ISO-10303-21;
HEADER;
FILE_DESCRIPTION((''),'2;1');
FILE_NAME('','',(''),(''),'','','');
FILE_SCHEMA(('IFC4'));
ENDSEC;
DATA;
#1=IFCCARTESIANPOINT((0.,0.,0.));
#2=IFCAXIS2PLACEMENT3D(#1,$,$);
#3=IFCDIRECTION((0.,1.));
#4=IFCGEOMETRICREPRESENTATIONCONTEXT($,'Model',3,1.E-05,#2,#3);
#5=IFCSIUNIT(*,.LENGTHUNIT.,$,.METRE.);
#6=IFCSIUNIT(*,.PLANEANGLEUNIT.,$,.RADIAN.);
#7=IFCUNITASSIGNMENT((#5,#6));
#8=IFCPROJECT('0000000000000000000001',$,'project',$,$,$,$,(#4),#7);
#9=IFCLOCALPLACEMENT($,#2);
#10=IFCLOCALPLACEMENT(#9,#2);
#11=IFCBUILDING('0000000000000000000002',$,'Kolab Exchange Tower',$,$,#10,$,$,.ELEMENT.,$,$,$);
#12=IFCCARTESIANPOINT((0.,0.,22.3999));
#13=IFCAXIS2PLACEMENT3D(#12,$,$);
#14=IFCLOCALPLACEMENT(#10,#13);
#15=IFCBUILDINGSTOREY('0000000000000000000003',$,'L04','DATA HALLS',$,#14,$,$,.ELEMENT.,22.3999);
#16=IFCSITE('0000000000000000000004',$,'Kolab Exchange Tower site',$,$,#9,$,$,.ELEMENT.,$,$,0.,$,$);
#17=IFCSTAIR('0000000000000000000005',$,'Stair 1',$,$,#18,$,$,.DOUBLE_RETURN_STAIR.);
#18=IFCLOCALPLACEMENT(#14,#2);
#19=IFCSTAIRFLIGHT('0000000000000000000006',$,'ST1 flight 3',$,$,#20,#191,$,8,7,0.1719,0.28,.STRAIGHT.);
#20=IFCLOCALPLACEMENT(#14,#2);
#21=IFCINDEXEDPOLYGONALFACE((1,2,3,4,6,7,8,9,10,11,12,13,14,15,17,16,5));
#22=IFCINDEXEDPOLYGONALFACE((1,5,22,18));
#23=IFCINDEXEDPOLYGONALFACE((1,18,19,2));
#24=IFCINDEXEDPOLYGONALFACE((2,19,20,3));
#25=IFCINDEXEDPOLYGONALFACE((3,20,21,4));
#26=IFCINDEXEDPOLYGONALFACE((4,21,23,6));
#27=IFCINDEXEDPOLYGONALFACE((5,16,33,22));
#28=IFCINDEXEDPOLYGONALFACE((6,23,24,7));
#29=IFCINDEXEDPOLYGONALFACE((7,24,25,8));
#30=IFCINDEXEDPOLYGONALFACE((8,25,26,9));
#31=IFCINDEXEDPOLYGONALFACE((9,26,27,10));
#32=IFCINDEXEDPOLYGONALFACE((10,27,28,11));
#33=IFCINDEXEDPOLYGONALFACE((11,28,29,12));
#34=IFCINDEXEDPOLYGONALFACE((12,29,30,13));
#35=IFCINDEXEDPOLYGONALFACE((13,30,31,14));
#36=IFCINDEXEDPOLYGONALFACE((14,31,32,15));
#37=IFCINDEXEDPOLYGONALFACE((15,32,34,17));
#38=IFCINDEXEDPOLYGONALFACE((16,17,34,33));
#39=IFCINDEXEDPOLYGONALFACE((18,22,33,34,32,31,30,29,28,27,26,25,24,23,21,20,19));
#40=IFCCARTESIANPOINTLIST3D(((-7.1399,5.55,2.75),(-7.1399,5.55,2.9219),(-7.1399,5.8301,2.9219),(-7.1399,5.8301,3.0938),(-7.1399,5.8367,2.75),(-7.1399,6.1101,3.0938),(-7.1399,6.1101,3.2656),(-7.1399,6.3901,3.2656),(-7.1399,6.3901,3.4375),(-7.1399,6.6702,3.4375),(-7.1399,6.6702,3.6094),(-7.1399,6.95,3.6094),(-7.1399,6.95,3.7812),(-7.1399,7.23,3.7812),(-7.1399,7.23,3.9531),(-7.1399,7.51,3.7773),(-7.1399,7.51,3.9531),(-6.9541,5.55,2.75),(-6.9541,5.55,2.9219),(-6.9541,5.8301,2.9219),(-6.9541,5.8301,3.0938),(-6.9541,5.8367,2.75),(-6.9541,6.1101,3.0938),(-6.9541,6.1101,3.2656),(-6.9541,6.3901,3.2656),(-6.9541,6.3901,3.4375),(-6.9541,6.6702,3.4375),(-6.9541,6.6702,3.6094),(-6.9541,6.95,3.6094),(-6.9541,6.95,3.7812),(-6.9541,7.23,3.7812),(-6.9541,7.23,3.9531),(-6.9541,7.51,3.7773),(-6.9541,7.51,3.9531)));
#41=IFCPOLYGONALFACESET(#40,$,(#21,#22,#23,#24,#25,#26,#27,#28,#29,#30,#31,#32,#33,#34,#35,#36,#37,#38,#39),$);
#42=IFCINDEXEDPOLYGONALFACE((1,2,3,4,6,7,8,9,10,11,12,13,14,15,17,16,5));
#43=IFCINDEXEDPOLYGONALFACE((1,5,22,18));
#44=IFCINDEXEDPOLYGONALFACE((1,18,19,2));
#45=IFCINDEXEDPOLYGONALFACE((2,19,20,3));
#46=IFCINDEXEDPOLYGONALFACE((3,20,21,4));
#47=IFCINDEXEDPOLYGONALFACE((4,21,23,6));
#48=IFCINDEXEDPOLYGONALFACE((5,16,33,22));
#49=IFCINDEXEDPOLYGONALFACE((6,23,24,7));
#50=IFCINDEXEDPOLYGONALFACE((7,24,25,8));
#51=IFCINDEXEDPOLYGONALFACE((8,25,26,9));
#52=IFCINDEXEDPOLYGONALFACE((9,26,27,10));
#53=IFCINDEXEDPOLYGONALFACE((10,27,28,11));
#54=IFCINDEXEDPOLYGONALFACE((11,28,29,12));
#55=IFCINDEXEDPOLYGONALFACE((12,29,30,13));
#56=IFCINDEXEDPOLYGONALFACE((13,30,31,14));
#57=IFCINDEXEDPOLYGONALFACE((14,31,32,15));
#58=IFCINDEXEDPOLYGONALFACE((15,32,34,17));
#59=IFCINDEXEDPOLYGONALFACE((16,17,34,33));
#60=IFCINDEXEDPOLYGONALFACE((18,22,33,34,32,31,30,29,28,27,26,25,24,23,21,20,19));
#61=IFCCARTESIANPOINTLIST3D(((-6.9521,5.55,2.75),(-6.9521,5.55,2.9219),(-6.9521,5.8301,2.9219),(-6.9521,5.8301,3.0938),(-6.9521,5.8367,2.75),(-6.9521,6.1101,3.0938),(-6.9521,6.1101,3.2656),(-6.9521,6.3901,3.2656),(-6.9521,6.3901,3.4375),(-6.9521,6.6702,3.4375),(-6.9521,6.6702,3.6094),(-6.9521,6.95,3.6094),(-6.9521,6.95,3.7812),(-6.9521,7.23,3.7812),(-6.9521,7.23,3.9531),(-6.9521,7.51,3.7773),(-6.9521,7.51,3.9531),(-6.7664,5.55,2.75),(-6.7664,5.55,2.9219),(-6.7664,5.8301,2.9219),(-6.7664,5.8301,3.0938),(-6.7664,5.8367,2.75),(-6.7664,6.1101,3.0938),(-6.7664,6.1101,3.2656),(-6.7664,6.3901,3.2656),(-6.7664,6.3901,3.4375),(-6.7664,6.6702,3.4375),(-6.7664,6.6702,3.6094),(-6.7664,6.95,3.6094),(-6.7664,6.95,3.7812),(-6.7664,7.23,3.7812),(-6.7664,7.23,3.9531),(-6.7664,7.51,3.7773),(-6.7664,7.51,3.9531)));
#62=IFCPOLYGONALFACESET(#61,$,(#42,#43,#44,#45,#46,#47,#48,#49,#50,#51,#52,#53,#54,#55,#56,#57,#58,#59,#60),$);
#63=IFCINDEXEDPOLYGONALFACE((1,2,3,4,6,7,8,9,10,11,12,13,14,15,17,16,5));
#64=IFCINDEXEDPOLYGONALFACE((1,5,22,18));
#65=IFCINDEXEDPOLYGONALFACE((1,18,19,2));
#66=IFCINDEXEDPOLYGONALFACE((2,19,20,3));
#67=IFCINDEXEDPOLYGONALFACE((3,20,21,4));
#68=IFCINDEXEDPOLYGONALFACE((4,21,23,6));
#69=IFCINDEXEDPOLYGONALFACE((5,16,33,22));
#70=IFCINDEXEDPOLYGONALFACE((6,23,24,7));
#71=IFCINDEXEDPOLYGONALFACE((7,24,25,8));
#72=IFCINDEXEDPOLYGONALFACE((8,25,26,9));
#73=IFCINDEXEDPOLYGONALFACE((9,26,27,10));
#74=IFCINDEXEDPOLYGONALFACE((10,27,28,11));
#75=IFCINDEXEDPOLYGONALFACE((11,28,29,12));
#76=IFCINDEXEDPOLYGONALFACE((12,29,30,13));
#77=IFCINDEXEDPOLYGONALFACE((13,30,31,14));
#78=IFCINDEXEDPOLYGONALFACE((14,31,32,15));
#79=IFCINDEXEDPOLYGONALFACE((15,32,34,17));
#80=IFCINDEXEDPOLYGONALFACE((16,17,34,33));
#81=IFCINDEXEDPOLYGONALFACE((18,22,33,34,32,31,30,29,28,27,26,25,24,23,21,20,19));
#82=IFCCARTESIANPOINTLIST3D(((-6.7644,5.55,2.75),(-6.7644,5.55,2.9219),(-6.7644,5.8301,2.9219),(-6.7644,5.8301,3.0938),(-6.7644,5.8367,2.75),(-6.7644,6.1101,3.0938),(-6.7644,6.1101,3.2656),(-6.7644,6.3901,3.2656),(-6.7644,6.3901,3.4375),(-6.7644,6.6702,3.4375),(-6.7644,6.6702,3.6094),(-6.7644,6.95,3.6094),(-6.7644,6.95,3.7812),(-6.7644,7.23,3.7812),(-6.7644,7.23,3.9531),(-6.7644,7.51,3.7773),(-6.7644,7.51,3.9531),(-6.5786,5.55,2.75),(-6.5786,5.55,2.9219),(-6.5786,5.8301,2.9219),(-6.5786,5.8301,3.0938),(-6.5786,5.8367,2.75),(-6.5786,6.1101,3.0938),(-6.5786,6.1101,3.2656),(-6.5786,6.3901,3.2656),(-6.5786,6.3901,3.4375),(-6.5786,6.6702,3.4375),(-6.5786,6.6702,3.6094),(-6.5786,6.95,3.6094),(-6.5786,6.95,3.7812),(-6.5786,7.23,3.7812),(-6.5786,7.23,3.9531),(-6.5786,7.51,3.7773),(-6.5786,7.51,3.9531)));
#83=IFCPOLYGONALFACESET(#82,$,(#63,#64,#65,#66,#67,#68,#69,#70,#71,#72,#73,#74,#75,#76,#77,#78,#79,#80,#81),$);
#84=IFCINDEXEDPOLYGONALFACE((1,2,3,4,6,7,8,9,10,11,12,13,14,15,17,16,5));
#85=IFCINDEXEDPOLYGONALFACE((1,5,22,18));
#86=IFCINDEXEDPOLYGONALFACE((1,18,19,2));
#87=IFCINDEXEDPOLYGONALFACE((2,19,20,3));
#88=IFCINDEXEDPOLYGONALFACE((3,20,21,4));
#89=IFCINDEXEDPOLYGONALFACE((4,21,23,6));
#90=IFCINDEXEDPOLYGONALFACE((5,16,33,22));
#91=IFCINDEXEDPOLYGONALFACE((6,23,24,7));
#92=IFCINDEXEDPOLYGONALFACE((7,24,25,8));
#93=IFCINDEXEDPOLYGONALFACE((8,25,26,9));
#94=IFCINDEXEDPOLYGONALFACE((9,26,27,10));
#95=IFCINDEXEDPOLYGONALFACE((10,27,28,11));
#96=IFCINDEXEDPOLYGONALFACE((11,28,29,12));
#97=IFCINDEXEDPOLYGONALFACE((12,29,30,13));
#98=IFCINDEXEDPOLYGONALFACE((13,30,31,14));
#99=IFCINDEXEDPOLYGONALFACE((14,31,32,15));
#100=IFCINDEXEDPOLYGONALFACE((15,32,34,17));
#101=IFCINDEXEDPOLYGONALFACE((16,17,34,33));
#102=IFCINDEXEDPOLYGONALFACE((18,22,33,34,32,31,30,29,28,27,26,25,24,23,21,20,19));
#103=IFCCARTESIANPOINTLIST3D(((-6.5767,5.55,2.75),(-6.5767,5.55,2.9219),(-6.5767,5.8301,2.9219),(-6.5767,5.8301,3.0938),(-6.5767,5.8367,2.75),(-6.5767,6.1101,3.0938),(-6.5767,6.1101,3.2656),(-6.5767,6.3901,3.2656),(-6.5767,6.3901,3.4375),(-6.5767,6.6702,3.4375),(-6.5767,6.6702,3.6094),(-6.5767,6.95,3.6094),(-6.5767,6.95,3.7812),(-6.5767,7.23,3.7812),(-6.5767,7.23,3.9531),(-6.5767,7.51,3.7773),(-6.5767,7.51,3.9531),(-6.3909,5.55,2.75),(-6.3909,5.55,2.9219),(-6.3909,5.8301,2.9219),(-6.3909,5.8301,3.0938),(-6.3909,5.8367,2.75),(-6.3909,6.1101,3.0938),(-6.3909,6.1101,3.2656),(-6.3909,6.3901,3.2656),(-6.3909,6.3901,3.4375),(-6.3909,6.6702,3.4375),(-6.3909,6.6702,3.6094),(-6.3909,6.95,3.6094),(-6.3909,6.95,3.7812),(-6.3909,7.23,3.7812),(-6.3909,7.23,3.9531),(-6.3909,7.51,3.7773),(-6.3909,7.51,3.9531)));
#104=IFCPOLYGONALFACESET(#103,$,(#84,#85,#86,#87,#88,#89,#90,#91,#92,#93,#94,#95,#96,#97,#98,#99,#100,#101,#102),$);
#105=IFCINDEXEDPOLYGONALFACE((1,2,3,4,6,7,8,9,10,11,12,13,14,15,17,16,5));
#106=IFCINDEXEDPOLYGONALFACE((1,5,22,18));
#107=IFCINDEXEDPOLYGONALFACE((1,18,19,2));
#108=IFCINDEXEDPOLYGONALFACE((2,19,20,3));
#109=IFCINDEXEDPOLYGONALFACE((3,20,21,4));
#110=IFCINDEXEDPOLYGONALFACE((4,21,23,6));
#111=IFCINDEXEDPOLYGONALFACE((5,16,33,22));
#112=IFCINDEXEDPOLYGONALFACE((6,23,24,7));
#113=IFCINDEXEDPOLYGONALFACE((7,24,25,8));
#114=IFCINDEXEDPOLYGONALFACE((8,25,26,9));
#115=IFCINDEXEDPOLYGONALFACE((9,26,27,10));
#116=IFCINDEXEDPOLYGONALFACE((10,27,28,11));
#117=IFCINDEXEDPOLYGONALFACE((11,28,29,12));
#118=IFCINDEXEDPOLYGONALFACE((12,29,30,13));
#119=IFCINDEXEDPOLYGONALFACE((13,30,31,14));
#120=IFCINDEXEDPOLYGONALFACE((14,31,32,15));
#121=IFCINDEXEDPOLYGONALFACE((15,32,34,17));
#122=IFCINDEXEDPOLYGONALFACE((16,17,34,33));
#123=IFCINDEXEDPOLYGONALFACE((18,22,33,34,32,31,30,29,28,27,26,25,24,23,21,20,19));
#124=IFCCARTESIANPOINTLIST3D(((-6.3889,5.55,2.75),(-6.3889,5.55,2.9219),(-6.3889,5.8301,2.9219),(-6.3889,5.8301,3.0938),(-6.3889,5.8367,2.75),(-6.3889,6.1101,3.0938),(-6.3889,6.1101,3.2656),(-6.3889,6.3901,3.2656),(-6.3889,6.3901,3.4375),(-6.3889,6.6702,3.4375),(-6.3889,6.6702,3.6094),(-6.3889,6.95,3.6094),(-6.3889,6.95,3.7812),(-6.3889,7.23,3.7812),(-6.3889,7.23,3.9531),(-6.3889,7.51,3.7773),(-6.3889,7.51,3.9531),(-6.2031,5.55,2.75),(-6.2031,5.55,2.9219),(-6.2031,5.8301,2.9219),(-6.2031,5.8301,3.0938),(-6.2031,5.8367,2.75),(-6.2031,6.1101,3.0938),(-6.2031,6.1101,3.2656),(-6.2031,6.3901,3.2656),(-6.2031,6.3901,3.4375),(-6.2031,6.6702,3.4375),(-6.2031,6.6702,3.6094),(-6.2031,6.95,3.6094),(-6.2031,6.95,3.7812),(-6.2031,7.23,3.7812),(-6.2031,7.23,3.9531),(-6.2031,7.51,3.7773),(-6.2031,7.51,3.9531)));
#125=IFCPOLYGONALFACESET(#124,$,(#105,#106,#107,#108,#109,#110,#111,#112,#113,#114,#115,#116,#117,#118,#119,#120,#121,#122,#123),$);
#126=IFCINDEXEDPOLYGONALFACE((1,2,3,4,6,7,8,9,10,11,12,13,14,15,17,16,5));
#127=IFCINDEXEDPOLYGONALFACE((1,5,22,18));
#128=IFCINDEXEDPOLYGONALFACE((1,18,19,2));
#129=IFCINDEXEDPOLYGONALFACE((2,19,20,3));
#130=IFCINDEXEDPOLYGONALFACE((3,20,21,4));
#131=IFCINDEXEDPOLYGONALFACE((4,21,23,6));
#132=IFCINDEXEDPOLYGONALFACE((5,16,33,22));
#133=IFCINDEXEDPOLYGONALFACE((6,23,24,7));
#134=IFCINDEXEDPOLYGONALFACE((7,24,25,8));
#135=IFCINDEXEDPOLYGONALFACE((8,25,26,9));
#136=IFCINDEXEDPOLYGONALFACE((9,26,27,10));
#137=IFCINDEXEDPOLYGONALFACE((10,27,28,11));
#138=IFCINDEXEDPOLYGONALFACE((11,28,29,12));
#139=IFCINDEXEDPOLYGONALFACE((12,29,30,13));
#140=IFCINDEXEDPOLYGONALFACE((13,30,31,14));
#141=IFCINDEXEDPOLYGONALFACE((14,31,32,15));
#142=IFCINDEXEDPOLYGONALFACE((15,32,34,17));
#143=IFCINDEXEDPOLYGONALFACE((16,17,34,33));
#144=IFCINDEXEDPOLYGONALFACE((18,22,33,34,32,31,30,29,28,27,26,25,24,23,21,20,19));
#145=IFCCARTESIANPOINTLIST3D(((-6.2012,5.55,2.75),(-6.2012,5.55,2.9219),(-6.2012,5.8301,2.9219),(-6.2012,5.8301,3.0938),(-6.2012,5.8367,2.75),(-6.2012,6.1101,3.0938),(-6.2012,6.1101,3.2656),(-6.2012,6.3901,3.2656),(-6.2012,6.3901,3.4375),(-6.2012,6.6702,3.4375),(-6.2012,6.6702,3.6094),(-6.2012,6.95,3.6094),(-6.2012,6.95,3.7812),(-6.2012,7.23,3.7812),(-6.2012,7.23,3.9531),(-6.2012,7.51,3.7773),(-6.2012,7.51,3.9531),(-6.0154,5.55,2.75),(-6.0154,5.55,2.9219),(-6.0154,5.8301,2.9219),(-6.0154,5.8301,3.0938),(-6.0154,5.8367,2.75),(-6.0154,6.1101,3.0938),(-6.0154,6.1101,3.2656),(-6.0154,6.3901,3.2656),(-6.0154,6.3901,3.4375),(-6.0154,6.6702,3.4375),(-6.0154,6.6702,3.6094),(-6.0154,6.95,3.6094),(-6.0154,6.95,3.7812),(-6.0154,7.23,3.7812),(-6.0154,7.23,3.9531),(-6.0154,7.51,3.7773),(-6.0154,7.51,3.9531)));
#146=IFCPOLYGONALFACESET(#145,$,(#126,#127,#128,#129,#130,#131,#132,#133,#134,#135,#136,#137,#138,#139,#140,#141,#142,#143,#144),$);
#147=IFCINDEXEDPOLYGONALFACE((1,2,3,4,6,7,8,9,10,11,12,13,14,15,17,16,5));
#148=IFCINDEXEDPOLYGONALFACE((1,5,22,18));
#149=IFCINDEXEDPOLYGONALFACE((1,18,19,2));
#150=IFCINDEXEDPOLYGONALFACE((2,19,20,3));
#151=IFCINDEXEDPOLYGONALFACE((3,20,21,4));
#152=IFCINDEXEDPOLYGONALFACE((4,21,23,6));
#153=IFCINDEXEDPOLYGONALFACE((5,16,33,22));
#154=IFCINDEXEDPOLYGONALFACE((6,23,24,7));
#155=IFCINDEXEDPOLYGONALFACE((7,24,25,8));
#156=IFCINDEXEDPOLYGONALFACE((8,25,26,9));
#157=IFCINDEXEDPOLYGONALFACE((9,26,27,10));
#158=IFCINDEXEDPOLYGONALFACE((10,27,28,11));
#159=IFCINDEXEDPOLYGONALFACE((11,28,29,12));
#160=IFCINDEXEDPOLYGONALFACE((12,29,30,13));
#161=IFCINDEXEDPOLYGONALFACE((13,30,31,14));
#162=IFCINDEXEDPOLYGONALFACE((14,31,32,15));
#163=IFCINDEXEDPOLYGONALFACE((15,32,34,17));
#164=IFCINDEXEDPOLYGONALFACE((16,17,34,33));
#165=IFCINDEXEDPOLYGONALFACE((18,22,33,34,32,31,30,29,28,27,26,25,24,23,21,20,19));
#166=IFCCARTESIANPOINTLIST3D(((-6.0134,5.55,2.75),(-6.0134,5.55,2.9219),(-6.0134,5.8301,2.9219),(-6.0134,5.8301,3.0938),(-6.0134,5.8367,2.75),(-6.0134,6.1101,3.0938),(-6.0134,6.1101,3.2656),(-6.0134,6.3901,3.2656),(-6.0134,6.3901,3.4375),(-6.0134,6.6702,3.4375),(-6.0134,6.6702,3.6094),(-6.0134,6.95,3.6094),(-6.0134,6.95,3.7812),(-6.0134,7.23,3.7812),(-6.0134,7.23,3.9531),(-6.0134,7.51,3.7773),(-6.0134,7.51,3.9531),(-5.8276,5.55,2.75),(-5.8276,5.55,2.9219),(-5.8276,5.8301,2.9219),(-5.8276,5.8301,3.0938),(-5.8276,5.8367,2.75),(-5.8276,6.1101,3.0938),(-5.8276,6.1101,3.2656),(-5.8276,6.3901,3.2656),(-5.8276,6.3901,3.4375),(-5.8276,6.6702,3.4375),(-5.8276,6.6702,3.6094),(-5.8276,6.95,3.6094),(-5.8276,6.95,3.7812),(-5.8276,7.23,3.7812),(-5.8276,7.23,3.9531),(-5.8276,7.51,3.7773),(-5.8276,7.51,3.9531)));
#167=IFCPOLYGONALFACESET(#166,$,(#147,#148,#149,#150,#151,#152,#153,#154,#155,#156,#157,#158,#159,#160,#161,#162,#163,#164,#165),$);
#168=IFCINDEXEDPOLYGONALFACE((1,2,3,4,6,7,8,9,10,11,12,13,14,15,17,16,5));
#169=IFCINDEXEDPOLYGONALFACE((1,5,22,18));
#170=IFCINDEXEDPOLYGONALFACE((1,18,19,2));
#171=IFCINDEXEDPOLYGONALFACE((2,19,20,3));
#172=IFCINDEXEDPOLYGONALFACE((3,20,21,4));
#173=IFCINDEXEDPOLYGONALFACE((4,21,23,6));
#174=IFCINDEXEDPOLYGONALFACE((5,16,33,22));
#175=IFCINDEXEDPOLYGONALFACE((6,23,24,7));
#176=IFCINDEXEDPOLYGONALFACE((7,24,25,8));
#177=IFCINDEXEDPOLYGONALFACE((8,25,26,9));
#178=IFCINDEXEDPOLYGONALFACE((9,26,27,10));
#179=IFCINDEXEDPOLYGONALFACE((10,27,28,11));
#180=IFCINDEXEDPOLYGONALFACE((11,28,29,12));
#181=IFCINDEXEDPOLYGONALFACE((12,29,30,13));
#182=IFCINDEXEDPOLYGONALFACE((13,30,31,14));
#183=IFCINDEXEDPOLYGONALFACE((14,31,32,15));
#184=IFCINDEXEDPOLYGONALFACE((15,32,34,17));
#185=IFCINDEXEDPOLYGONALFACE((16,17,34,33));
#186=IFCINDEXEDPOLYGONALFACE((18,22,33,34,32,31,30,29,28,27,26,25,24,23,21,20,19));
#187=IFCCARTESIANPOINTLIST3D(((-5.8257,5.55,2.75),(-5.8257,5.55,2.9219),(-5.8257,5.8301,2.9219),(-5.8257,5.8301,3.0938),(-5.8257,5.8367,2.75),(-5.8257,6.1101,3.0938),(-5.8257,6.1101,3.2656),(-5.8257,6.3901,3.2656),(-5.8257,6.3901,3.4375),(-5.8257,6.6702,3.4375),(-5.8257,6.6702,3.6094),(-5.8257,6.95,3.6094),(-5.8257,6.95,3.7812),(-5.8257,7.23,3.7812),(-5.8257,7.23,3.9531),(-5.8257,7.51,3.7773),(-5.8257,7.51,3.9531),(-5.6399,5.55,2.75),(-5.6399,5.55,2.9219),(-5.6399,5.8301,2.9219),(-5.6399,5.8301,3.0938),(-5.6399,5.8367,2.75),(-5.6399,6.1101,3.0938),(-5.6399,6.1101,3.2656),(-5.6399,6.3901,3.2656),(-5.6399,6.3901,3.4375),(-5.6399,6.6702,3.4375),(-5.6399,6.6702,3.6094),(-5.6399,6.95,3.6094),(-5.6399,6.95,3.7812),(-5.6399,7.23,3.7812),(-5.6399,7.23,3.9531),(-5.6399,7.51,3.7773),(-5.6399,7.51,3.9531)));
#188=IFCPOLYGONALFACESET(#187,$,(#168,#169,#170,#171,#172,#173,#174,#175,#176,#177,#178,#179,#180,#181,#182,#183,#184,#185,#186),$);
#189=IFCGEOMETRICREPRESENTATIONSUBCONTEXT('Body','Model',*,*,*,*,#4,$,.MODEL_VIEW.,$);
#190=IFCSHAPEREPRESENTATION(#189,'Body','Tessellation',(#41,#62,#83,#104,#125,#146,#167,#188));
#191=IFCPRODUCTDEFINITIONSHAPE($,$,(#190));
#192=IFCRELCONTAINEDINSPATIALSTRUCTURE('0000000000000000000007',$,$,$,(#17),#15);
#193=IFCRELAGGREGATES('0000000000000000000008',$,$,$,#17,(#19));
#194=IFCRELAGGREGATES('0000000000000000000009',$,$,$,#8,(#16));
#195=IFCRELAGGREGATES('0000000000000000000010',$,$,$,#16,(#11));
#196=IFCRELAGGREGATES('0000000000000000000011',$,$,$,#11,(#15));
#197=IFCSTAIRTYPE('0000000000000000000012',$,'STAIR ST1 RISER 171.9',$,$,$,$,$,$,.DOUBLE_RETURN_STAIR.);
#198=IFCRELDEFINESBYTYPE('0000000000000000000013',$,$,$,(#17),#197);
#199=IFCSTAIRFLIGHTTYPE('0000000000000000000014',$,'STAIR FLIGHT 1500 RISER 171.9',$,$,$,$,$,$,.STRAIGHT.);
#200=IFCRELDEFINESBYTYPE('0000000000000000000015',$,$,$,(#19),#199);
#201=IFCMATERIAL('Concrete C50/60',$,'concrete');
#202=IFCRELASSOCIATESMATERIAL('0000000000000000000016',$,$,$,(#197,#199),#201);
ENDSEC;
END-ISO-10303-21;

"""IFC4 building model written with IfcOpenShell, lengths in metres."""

from ifc_helpers import new_model, si_unit, direction, frame, origin, place, context, subcontext, project, spatial, polyline, outline, extrude, material, type_object, element, aggregate, save


model = new_model("IFC4")

# Units and contexts
model_context = context("Model", 3, precision=1e-05, world=origin(), true_north=direction((0.0, 1.0)))
body_context = subcontext(model_context, "Body", "Model", "MODEL_VIEW")
ifc_project = project(units=[si_unit("LENGTHUNIT", "METRE"), si_unit("PLANEANGLEUNIT", "RADIAN")], contexts=[model_context])

# Site, building, storey
site_placement = place(None, origin())
site = spatial("IfcSite", under=ifc_project, at=site_placement, Name="Kolab Exchange Tower site", CompositionType="ELEMENT", RefElevation=0.0)
building_placement = place(site_placement, origin())
building = spatial("IfcBuilding", under=site, at=building_placement, Name="Kolab Exchange Tower", CompositionType="ELEMENT")
storey_placement = place(building_placement, frame((0.0, 0.0, 22.3999)))
storey = spatial("IfcBuildingStorey", under=building, at=storey_placement, Name="L04", Description="DATA HALLS", CompositionType="ELEMENT", Elevation=22.3999)

# Shared definitions
ifc_material_1 = material(Name="Concrete C50/60", Category="concrete")

# Stair, stair flight
stair_type = type_object("IfcStairType", Name="STAIR ST1 RISER 171.9", PredefinedType="DOUBLE_RETURN_STAIR", material=ifc_material_1)
stair_placement = place(storey_placement, origin())
stair = element("IfcStair", 1, at=stair_placement, inside=storey, type_object=stair_type, Name="Stair 1", PredefinedType="DOUBLE_RETURN_STAIR")
stair_flight_type = type_object("IfcStairFlightType", Name="STAIR FLIGHT 1500 RISER 171.9", PredefinedType="STRAIGHT", material=ifc_material_1)
stair_flight_1_placement = place(storey_placement, frame((-6.3899, 5.55, 2.75), z_axis=(0.0, 0.0, 1.0), x_axis=(0.0, 1.0, 0.0)))
stair_flight_1 = element("IfcStairFlight", 2, at=stair_flight_1_placement, type_object=stair_flight_type, Name="ST1 flight 3", NumberOfRisers=8, NumberOfTreads=7, PredefinedType="STRAIGHT", RiserHeight=0.1719, TreadLength=0.28, context=body_context, shape_type="SweptSolid", body=[
    extrude(outline(polyline([(0.0, 0.0), (0.0, 0.1719), (0.28, 0.1719), (0.28, 0.3438), (0.5601, 0.3438), (0.5601, 0.5156), (0.8401, 0.5156), (0.8401, 0.6875), (1.1201, 0.6875), (1.1201, 0.8594), (1.3999, 0.8594), (1.3999, 1.0312), (1.6799, 1.0312), (1.6799, 1.2031), (1.96, 1.2031), (1.96, 1.375), (1.96, 1.0273), (0.2866, 0.0), (0.0, 0.0)])), frame((0.0, 0.75, 0.0), z_axis=(0.0, -1.0, 0.0), x_axis=(1.0, 0.0, 0.0)), (0.0, 0.0, 1.0), 0.1858),
    extrude(outline(polyline([(0.0, 0.0), (0.0, 0.1719), (0.28, 0.1719), (0.28, 0.3438), (0.5601, 0.3438), (0.5601, 0.5156), (0.8401, 0.5156), (0.8401, 0.6875), (1.1201, 0.6875), (1.1201, 0.8594), (1.3999, 0.8594), (1.3999, 1.0312), (1.6799, 1.0312), (1.6799, 1.2031), (1.96, 1.2031), (1.96, 1.375), (1.96, 1.0273), (0.2866, 0.0), (0.0, 0.0)])), frame((0.0, 0.5623, 0.0), z_axis=(0.0, -1.0, 0.0), x_axis=(1.0, 0.0, 0.0)), (0.0, 0.0, 1.0), 0.1858),
    extrude(outline(polyline([(0.0, 0.0), (0.0, 0.1719), (0.28, 0.1719), (0.28, 0.3438), (0.5601, 0.3438), (0.5601, 0.5156), (0.8401, 0.5156), (0.8401, 0.6875), (1.1201, 0.6875), (1.1201, 0.8594), (1.3999, 0.8594), (1.3999, 1.0312), (1.6799, 1.0312), (1.6799, 1.2031), (1.96, 1.2031), (1.96, 1.375), (1.96, 1.0273), (0.2866, 0.0), (0.0, 0.0)])), frame((0.0, 0.3745, 0.0), z_axis=(0.0, -1.0, 0.0), x_axis=(1.0, 0.0, 0.0)), (0.0, 0.0, 1.0), 0.1858),
    extrude(outline(polyline([(0.0, 0.0), (0.0, 0.1719), (0.28, 0.1719), (0.28, 0.3438), (0.5601, 0.3438), (0.5601, 0.5156), (0.8401, 0.5156), (0.8401, 0.6875), (1.1201, 0.6875), (1.1201, 0.8594), (1.3999, 0.8594), (1.3999, 1.0312), (1.6799, 1.0312), (1.6799, 1.2031), (1.96, 1.2031), (1.96, 1.375), (1.96, 1.0273), (0.2866, 0.0), (0.0, 0.0)])), frame((0.0, 0.1868, 0.0), z_axis=(0.0, -1.0, 0.0), x_axis=(1.0, 0.0, 0.0)), (0.0, 0.0, 1.0), 0.1858),
    extrude(outline(polyline([(0.0, 0.0), (0.0, 0.1719), (0.28, 0.1719), (0.28, 0.3438), (0.5601, 0.3438), (0.5601, 0.5156), (0.8401, 0.5156), (0.8401, 0.6875), (1.1201, 0.6875), (1.1201, 0.8594), (1.3999, 0.8594), (1.3999, 1.0312), (1.6799, 1.0312), (1.6799, 1.2031), (1.96, 1.2031), (1.96, 1.375), (1.96, 1.0273), (0.2866, 0.0), (0.0, 0.0)])), frame((0.0, -0.001, 0.0), z_axis=(0.0, -1.0, 0.0), x_axis=(1.0, 0.0, 0.0)), (0.0, 0.0, 1.0), 0.1858),
    extrude(outline(polyline([(0.0, 0.0), (0.0, 0.1719), (0.28, 0.1719), (0.28, 0.3438), (0.5601, 0.3438), (0.5601, 0.5156), (0.8401, 0.5156), (0.8401, 0.6875), (1.1201, 0.6875), (1.1201, 0.8594), (1.3999, 0.8594), (1.3999, 1.0312), (1.6799, 1.0312), (1.6799, 1.2031), (1.96, 1.2031), (1.96, 1.375), (1.96, 1.0273), (0.2866, 0.0), (0.0, 0.0)])), frame((0.0, -0.1887, 0.0), z_axis=(0.0, -1.0, 0.0), x_axis=(1.0, 0.0, 0.0)), (0.0, 0.0, 1.0), 0.1858),
    extrude(outline(polyline([(0.0, 0.0), (0.0, 0.1719), (0.28, 0.1719), (0.28, 0.3438), (0.5601, 0.3438), (0.5601, 0.5156), (0.8401, 0.5156), (0.8401, 0.6875), (1.1201, 0.6875), (1.1201, 0.8594), (1.3999, 0.8594), (1.3999, 1.0312), (1.6799, 1.0312), (1.6799, 1.2031), (1.96, 1.2031), (1.96, 1.375), (1.96, 1.0273), (0.2866, 0.0), (0.0, 0.0)])), frame((0.0, -0.3765, 0.0), z_axis=(0.0, -1.0, 0.0), x_axis=(1.0, 0.0, 0.0)), (0.0, 0.0, 1.0), 0.1858),
    extrude(outline(polyline([(0.0, 0.0), (0.0, 0.1719), (0.28, 0.1719), (0.28, 0.3438), (0.5601, 0.3438), (0.5601, 0.5156), (0.8401, 0.5156), (0.8401, 0.6875), (1.1201, 0.6875), (1.1201, 0.8594), (1.3999, 0.8594), (1.3999, 1.0312), (1.6799, 1.0312), (1.6799, 1.2031), (1.96, 1.2031), (1.96, 1.375), (1.96, 1.0273), (0.2866, 0.0), (0.0, 0.0)])), frame((0.0, -0.5642, 0.0), z_axis=(0.0, -1.0, 0.0), x_axis=(1.0, 0.0, 0.0)), (0.0, 0.0, 1.0), 0.1858),
])
aggregate(stair, [stair_flight_1])

save(model, "model.ifc")
